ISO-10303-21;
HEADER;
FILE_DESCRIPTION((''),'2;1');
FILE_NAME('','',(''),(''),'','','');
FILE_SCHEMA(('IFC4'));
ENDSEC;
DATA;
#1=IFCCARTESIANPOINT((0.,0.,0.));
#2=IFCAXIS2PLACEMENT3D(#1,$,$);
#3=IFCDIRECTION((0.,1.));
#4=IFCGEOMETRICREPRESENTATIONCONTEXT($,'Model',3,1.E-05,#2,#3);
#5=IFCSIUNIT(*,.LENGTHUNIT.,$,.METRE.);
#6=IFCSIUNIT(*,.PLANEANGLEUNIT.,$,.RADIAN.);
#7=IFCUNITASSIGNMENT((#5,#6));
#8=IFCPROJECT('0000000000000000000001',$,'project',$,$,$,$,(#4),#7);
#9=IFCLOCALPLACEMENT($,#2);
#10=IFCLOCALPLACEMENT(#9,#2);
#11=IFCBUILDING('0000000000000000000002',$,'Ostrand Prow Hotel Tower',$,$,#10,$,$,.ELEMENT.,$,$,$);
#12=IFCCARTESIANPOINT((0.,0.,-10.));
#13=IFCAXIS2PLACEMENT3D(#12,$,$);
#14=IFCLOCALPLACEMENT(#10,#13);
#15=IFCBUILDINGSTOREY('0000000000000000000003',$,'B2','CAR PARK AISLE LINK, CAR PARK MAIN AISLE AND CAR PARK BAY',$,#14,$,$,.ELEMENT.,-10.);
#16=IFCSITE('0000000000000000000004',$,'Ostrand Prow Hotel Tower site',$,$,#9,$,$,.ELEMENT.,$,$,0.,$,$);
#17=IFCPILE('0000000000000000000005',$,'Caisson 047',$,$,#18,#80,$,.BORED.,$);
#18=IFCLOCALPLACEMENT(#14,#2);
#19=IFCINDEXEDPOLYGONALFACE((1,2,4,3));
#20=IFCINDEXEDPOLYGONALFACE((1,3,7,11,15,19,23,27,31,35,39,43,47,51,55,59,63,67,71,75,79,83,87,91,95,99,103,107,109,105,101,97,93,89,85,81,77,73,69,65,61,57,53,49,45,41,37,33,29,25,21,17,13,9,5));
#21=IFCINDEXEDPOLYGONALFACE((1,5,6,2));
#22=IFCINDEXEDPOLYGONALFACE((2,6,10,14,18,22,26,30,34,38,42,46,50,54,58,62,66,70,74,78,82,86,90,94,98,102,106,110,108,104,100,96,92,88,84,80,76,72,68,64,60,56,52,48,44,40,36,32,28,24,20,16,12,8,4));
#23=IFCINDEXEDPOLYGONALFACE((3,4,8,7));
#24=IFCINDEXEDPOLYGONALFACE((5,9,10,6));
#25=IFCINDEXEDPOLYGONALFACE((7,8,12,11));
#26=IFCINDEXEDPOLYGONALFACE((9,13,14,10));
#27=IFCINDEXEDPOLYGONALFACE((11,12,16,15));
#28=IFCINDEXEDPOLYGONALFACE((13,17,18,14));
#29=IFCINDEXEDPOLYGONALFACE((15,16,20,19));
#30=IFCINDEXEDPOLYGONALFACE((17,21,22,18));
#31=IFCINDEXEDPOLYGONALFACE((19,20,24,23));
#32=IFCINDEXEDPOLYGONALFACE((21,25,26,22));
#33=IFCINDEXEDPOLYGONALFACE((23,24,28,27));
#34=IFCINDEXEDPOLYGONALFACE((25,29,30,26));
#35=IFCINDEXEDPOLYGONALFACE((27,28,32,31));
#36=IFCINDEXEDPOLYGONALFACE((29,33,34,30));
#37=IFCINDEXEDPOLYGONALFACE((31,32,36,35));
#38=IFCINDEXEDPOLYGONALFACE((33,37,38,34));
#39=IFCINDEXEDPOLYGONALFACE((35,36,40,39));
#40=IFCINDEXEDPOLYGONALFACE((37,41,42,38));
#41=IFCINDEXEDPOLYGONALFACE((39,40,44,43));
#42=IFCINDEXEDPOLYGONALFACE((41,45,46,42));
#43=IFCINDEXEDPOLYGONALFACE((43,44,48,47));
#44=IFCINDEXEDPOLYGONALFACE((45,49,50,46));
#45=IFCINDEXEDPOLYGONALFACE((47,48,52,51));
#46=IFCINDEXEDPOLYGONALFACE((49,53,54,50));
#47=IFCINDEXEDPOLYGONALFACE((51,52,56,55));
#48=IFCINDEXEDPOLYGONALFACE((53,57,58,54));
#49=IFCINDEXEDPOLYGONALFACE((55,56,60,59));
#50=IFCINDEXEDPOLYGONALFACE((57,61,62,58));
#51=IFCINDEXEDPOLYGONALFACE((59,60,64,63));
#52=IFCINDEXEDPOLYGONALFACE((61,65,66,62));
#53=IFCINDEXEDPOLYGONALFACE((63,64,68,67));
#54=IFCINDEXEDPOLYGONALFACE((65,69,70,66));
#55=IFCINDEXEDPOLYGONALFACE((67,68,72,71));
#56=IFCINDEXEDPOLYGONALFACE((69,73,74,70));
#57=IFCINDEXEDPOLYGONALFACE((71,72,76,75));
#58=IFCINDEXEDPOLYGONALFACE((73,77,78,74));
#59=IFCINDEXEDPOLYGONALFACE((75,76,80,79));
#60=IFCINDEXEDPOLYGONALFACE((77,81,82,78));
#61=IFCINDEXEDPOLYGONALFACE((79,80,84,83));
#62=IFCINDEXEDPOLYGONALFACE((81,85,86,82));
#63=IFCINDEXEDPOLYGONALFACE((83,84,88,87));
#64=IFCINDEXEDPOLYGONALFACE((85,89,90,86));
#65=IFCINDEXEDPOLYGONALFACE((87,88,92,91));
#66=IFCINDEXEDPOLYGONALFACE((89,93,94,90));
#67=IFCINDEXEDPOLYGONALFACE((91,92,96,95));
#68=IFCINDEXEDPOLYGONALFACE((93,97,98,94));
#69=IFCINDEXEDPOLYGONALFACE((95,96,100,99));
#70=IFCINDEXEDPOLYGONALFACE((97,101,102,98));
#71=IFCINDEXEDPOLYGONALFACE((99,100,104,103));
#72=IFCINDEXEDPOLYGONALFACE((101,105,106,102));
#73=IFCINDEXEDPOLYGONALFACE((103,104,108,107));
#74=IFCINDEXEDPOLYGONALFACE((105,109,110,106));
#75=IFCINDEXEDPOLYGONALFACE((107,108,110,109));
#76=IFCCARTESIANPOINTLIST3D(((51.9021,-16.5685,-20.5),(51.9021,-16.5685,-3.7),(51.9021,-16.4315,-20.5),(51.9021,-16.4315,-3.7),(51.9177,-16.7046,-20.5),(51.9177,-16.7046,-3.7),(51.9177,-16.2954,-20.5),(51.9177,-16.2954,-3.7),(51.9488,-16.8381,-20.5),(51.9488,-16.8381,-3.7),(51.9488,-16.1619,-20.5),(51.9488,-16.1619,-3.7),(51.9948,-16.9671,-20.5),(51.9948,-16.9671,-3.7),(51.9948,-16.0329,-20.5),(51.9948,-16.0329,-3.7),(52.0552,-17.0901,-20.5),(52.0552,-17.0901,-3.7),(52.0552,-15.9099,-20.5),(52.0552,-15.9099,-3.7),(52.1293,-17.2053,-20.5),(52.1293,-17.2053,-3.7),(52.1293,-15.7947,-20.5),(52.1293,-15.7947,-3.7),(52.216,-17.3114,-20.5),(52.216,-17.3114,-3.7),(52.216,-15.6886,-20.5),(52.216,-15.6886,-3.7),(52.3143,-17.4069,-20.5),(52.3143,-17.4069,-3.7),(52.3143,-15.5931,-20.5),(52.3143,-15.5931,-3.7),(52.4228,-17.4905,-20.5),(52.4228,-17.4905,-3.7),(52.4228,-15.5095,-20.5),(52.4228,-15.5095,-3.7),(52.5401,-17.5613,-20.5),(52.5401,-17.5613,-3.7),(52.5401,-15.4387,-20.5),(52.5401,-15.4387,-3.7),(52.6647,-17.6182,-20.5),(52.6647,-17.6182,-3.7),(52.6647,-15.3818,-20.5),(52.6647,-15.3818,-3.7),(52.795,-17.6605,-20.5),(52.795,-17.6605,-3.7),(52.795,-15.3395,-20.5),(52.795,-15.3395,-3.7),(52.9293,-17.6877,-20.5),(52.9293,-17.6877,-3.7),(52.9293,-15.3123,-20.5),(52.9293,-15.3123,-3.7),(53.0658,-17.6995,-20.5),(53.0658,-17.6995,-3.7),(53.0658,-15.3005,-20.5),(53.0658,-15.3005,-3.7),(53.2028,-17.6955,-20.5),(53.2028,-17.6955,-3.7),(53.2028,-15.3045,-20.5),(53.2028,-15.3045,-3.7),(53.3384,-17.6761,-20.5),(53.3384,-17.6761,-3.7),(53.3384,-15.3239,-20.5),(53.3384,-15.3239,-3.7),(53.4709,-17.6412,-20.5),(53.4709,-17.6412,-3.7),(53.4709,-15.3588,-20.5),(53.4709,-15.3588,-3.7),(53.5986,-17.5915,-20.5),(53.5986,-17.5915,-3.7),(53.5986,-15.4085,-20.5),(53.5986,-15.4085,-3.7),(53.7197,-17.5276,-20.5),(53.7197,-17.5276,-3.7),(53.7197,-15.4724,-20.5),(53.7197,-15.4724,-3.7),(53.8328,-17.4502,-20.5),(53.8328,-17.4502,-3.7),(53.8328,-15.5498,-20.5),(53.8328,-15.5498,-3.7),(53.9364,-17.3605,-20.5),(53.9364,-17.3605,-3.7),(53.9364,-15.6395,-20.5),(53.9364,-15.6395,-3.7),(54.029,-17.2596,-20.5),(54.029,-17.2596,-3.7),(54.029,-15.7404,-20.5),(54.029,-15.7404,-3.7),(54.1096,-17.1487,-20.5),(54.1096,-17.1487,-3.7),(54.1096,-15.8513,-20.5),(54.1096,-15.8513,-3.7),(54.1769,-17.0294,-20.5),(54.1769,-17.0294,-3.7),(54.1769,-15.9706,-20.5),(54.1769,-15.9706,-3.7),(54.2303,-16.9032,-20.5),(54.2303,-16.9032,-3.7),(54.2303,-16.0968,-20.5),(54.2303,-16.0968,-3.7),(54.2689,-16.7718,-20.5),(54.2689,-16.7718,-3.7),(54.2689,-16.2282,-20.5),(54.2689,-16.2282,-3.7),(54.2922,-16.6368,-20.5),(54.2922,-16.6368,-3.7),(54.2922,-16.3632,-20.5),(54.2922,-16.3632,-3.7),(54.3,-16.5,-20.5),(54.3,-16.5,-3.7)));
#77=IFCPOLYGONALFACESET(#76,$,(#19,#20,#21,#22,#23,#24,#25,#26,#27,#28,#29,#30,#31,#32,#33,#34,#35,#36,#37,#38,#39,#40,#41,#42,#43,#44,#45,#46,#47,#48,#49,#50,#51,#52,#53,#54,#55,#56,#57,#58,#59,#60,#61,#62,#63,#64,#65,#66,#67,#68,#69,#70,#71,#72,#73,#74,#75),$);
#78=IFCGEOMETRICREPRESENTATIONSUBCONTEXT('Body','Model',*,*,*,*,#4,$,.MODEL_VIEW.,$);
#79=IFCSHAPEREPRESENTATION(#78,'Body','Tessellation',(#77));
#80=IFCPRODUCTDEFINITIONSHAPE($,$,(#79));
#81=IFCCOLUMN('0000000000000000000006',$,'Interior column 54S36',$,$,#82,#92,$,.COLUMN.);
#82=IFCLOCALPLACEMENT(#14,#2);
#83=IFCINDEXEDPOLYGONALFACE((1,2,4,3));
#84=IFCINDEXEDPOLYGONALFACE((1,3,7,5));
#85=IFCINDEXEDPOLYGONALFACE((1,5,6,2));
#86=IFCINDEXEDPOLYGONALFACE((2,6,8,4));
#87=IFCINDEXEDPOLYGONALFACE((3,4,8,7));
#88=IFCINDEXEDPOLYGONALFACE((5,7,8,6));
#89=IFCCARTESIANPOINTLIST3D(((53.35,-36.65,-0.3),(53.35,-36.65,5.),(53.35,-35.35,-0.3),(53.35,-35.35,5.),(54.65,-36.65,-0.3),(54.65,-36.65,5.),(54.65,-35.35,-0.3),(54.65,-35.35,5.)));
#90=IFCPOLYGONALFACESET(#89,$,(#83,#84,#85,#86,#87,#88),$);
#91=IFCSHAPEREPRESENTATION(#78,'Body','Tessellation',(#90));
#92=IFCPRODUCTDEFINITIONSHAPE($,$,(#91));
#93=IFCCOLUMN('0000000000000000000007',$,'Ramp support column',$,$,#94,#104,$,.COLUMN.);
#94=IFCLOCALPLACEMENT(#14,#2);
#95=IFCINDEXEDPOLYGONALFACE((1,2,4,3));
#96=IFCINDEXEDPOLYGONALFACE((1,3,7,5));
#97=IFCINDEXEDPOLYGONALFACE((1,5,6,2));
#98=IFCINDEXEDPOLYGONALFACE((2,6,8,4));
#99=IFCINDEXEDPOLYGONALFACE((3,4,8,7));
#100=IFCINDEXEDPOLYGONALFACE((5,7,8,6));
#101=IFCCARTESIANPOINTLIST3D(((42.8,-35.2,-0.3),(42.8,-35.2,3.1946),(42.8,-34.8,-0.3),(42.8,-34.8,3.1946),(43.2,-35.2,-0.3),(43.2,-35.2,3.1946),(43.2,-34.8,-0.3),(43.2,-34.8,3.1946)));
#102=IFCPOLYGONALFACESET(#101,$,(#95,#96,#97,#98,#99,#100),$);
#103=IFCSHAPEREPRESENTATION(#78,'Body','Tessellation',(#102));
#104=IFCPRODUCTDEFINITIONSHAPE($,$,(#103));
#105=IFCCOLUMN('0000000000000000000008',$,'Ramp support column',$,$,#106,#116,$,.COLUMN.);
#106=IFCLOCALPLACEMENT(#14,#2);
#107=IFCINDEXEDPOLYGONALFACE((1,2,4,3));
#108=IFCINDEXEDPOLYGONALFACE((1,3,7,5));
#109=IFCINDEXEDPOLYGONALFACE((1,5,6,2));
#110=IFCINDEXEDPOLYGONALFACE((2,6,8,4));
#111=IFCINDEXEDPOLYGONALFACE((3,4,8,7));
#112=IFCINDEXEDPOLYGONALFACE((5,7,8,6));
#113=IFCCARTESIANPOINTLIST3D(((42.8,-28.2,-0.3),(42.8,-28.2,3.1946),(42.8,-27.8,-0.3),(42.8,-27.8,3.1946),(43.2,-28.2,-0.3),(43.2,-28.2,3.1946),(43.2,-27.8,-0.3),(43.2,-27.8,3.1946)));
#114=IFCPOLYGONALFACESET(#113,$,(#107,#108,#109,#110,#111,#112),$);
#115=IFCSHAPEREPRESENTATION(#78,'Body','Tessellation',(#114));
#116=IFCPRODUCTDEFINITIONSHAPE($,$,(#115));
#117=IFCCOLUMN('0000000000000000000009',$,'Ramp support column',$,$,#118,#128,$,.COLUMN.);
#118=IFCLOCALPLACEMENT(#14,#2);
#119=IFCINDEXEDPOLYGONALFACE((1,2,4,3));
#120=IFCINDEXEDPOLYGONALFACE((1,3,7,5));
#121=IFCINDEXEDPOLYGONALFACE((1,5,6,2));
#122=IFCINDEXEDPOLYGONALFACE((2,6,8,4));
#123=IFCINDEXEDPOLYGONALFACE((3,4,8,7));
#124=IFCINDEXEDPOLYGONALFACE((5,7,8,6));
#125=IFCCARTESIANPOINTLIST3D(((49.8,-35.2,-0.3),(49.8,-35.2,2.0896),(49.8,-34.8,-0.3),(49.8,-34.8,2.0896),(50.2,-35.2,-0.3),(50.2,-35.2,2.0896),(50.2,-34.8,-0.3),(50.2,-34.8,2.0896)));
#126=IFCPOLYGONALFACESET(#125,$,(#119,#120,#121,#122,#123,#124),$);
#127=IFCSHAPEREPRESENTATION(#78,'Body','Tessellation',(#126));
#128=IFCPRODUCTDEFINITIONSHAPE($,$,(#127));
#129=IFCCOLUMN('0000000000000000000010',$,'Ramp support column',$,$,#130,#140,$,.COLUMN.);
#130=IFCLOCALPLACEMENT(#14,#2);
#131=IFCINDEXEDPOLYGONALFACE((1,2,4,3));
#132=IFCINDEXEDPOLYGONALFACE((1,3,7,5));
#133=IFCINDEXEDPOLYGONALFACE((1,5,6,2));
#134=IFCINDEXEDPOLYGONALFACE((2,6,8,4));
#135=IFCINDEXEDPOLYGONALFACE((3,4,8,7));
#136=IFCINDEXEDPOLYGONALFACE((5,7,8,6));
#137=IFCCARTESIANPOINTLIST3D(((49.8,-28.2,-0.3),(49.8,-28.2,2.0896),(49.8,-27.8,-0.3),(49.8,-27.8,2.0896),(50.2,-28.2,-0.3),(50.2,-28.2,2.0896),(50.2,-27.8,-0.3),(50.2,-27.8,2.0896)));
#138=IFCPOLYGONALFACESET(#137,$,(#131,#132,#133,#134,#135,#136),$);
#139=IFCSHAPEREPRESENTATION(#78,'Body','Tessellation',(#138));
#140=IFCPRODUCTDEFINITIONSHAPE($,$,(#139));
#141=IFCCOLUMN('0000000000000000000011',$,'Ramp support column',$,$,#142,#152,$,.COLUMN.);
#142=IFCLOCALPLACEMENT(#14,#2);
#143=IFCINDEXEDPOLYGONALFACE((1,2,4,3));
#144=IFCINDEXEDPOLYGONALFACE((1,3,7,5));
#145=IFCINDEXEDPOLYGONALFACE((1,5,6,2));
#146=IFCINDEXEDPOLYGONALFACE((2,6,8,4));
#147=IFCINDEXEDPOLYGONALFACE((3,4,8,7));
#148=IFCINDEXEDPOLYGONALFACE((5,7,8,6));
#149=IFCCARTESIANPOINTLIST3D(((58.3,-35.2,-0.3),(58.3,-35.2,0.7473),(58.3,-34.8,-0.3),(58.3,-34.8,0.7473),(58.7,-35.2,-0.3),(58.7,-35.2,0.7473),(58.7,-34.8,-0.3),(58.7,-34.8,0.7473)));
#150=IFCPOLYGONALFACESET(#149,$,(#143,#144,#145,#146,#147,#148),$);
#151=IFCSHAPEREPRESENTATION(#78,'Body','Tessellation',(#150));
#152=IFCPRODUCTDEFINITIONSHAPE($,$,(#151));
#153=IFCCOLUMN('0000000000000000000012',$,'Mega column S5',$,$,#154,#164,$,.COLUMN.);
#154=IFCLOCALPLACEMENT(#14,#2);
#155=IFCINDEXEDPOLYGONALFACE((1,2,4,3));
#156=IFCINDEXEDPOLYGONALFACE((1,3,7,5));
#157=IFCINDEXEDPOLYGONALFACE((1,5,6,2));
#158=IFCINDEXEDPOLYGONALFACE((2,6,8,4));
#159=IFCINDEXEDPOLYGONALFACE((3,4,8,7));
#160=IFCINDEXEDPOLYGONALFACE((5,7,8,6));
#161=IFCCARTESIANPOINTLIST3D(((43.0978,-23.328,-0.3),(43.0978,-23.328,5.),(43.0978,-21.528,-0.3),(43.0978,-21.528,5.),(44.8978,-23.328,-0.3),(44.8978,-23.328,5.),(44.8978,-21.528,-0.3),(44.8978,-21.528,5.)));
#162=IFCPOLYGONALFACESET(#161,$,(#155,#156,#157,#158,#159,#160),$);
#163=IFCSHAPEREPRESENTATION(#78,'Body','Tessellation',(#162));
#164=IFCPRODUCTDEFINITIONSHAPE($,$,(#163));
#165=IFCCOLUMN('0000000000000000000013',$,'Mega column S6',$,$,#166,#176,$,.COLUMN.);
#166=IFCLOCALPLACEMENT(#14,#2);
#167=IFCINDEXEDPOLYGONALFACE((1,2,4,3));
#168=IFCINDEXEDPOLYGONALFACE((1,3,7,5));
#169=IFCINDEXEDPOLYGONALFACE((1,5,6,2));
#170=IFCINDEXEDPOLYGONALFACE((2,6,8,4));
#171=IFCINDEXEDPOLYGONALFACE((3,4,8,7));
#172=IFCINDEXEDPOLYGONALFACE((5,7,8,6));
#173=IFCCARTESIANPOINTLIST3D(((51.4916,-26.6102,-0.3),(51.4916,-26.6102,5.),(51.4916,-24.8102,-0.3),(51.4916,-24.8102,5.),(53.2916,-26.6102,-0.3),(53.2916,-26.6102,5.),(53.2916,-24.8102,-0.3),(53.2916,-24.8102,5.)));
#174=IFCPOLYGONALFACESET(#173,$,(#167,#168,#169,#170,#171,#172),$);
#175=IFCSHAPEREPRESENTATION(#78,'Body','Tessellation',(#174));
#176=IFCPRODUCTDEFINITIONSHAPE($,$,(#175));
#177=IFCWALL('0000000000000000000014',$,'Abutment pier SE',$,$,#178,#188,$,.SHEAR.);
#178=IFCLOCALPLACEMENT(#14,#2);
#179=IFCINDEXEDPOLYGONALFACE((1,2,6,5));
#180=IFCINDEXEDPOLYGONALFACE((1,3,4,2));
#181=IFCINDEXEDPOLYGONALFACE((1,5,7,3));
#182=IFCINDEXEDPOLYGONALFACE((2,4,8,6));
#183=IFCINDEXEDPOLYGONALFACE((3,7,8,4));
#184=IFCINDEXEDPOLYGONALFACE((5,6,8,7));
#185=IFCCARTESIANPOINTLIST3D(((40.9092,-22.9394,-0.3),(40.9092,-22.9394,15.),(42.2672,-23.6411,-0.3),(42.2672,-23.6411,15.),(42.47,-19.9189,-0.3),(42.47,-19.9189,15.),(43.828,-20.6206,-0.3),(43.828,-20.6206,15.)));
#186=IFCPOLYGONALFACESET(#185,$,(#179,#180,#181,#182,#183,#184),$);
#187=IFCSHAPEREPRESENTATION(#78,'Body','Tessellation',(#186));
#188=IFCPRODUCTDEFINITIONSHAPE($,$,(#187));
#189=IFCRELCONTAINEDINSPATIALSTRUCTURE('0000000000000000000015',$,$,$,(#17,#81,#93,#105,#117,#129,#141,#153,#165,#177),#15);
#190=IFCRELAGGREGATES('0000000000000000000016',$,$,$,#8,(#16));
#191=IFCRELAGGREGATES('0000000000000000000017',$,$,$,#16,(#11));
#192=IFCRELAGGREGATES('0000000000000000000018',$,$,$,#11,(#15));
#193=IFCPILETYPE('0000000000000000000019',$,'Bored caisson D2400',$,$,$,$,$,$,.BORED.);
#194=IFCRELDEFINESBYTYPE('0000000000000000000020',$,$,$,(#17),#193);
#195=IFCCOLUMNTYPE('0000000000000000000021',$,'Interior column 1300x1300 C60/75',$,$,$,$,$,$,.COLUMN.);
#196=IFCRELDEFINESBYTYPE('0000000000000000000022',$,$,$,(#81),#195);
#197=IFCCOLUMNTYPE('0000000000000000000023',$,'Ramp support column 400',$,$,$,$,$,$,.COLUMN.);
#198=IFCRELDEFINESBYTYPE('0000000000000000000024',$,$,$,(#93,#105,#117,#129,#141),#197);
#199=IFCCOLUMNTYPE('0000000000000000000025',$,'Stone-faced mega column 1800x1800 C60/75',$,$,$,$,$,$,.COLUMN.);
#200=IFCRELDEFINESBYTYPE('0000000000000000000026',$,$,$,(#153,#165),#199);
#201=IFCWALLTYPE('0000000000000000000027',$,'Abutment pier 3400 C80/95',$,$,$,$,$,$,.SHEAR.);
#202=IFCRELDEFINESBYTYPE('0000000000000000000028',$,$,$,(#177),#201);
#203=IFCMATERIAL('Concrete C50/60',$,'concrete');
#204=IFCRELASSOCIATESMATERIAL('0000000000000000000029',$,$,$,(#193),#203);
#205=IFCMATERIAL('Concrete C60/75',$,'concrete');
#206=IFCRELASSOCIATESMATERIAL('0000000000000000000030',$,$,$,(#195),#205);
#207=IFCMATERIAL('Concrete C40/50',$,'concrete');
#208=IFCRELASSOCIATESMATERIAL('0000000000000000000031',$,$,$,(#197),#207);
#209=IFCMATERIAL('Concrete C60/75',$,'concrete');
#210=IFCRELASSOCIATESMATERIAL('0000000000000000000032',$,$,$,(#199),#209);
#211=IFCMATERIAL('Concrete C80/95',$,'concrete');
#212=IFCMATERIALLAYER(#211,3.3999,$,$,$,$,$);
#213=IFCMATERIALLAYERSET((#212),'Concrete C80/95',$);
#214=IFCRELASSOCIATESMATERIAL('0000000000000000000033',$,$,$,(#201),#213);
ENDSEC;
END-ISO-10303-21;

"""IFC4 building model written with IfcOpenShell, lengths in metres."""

from ifc_helpers import new_model, si_unit, direction, frame, frame_2d, origin, origin_2d, place, context, subcontext, project, spatial, rectangle, circle, extrude, material, layer, layer_set, material_profile, profile_set, type_object, element, save


model = new_model("IFC4")

# Units and contexts
model_context = context("Model", 3, precision=1e-05, world=origin(), true_north=direction((0.0, 1.0)))
body_context = subcontext(model_context, "Body", "Model", "MODEL_VIEW")
ifc_project = project(units=[si_unit("LENGTHUNIT", "METRE"), si_unit("PLANEANGLEUNIT", "RADIAN")], contexts=[model_context])

# Site, building, storey
site_placement = place(None, origin())
site = spatial("IfcSite", under=ifc_project, at=site_placement, Name="Ostrand Prow Hotel Tower site", CompositionType="ELEMENT", RefElevation=0.0)
building_placement = place(site_placement, origin())
building = spatial("IfcBuilding", under=site, at=building_placement, Name="Ostrand Prow Hotel Tower", CompositionType="ELEMENT")
storey_placement = place(building_placement, frame((0.0, 0.0, -10.0)))
storey = spatial("IfcBuildingStorey", under=building, at=storey_placement, Name="B2", Description="CAR PARK AISLE LINK, CAR PARK MAIN AISLE AND CAR PARK BAY", CompositionType="ELEMENT", Elevation=-10.0)

# Pile
ifc_material_1 = material(Name="Concrete C50/60", Category="concrete")
pile_type_1 = type_object("IfcPileType", Name="Bored caisson D2400", PredefinedType="BORED", material=ifc_material_1)
for number, where, z_axis, x_axis, name in (
    (1, (53.1001, -16.5, -3.7), (0.0, 0.0, -1.0), (1.0, 0.0, 0.0), "Caisson 047"),
):
    element("IfcPile", number, at=place(storey_placement, frame(where, z_axis=z_axis, x_axis=x_axis)), inside=storey, type_object=pile_type_1, Name=name, PredefinedType="BORED", context=body_context, shape_type="SweptSolid", body=[
        extrude(circle(Radius=1.2, at=origin_2d()), origin(), (0.0, 0.0, 1.0), 16.8),
    ])

# Columns
ifc_material_2 = material(Name="Concrete C60/75", Category="concrete")
ifc_material_profile_1 = material_profile(ifc_material_2, rectangle(XDim=1.3, YDim=1.3, at=origin_2d()), Name="RC 1300x1300")
ifc_profile_set_1 = profile_set([ifc_material_profile_1], Name="Concrete C60/75")
column_type_1 = type_object("IfcColumnType", Name="Interior column 1300x1300 C60/75", PredefinedType="COLUMN", material=ifc_profile_set_1)
column_1_placement = place(storey_placement, frame((54.0, -36.0, -0.3), z_axis=(0.0, 0.0, 1.0), x_axis=(1.0, 0.0, 0.0)))
element("IfcColumn", 2, at=column_1_placement, inside=storey, type_object=column_type_1, Name="Interior column 54S36", PredefinedType="COLUMN", context=body_context, shape_type="SweptSolid", body=[
    extrude(rectangle(XDim=1.3, YDim=1.3, at=origin_2d()), origin(), (0.0, 0.0, 1.0), 5.3),
])
ifc_material_3 = material(Name="Concrete C40/50", Category="concrete")
ifc_material_profile_2 = material_profile(ifc_material_3, rectangle(XDim=0.3999, YDim=0.3999, at=origin_2d()), Name="Ramp support column 400")
ifc_profile_set_2 = profile_set([ifc_material_profile_2], Name="Concrete C40/50")
column_type_2 = type_object("IfcColumnType", Name="Ramp support column 400", PredefinedType="COLUMN", material=ifc_profile_set_2)
for number, where, z_axis, x_axis, name in (
    (3, (43.0, -35.0, -0.3), (0.0, 0.0, 1.0), (1.0, 0.0, 0.0), "Ramp support column"),
    (4, (43.0, -28.0, -0.3), (0.0, 0.0, 1.0), (1.0, 0.0, 0.0), "Ramp support column"),
):
    element("IfcColumn", number, at=place(storey_placement, frame(where, z_axis=z_axis, x_axis=x_axis)), inside=storey, type_object=column_type_2, Name=name, PredefinedType="COLUMN", context=body_context, shape_type="SweptSolid", body=[
        extrude(rectangle(XDim=0.3999, YDim=0.3999, at=origin_2d()), origin(), (0.0, 0.0, 1.0), 3.4946),
    ])
for number, where, z_axis, x_axis, name in (
    (5, (50.0, -35.0, -0.3), (0.0, 0.0, 1.0), (1.0, 0.0, 0.0), "Ramp support column"),
    (6, (50.0, -28.0, -0.3), (0.0, 0.0, 1.0), (1.0, 0.0, 0.0), "Ramp support column"),
):
    element("IfcColumn", number, at=place(storey_placement, frame(where, z_axis=z_axis, x_axis=x_axis)), inside=storey, type_object=column_type_2, Name=name, PredefinedType="COLUMN", context=body_context, shape_type="SweptSolid", body=[
        extrude(rectangle(XDim=0.3999, YDim=0.3999, at=origin_2d()), origin(), (0.0, 0.0, 1.0), 2.3896),
    ])
column_2_placement = place(storey_placement, frame((58.5, -35.0, -0.3), z_axis=(0.0, 0.0, 1.0), x_axis=(1.0, 0.0, 0.0)))
element("IfcColumn", 7, at=column_2_placement, inside=storey, type_object=column_type_2, Name="Ramp support column", PredefinedType="COLUMN", context=body_context, shape_type="SweptSolid", body=[
    extrude(rectangle(XDim=0.3999, YDim=0.3999, at=origin_2d()), origin(), (0.0, 0.0, 1.0), 1.0474),
])
ifc_material_4 = material(Name="Concrete C60/75", Category="concrete")
ifc_material_profile_3 = material_profile(ifc_material_4, rectangle(XDim=1.8, YDim=1.8, at=origin_2d()), Name="RC 1800x1800")
ifc_profile_set_3 = profile_set([ifc_material_profile_3], Name="Concrete C60/75")
column_type_3 = type_object("IfcColumnType", Name="Stone-faced mega column 1800x1800 C60/75", PredefinedType="COLUMN", material=ifc_profile_set_3)
for number, where, z_axis, x_axis, name in (
    (8, (43.9978, -22.428, -0.3), (0.0, 0.0, 1.0), (1.0, 0.0, 0.0), "Mega column S5"),
    (9, (52.3916, -25.7102, -0.3), (0.0, 0.0, 1.0), (1.0, 0.0, 0.0), "Mega column S6"),
):
    element("IfcColumn", number, at=place(storey_placement, frame(where, z_axis=z_axis, x_axis=x_axis)), inside=storey, type_object=column_type_3, Name=name, PredefinedType="COLUMN", context=body_context, shape_type="SweptSolid", body=[
        extrude(rectangle(XDim=1.8, YDim=1.8, at=origin_2d()), origin(), (0.0, 0.0, 1.0), 5.3),
    ])

# Wall
ifc_material_5 = material(Name="Concrete C80/95", Category="concrete")
ifc_layer_1 = layer(ifc_material_5, 3.3999)
ifc_layer_set_1 = layer_set([ifc_layer_1], Name="Concrete C80/95")
wall_type_1 = type_object("IfcWallType", Name="Abutment pier 3400 C80/95", PredefinedType="SHEAR", material=ifc_layer_set_1)
wall_1_placement = place(storey_placement, frame((41.6897, -21.4292, -0.3), z_axis=(0.0, 0.0, 1.0), x_axis=(0.888406, -0.459058, 0.0)))
element("IfcWall", 10, at=wall_1_placement, inside=storey, type_object=wall_type_1, Name="Abutment pier SE", PredefinedType="SHEAR", context=body_context, shape_type="SweptSolid", body=[
    extrude(rectangle(XDim=1.5286, YDim=3.3999, at=frame_2d((0.7642, 0.0))), origin(), (0.0, 0.0, 1.0), 15.3),
])

save(model, "model.ifc")
